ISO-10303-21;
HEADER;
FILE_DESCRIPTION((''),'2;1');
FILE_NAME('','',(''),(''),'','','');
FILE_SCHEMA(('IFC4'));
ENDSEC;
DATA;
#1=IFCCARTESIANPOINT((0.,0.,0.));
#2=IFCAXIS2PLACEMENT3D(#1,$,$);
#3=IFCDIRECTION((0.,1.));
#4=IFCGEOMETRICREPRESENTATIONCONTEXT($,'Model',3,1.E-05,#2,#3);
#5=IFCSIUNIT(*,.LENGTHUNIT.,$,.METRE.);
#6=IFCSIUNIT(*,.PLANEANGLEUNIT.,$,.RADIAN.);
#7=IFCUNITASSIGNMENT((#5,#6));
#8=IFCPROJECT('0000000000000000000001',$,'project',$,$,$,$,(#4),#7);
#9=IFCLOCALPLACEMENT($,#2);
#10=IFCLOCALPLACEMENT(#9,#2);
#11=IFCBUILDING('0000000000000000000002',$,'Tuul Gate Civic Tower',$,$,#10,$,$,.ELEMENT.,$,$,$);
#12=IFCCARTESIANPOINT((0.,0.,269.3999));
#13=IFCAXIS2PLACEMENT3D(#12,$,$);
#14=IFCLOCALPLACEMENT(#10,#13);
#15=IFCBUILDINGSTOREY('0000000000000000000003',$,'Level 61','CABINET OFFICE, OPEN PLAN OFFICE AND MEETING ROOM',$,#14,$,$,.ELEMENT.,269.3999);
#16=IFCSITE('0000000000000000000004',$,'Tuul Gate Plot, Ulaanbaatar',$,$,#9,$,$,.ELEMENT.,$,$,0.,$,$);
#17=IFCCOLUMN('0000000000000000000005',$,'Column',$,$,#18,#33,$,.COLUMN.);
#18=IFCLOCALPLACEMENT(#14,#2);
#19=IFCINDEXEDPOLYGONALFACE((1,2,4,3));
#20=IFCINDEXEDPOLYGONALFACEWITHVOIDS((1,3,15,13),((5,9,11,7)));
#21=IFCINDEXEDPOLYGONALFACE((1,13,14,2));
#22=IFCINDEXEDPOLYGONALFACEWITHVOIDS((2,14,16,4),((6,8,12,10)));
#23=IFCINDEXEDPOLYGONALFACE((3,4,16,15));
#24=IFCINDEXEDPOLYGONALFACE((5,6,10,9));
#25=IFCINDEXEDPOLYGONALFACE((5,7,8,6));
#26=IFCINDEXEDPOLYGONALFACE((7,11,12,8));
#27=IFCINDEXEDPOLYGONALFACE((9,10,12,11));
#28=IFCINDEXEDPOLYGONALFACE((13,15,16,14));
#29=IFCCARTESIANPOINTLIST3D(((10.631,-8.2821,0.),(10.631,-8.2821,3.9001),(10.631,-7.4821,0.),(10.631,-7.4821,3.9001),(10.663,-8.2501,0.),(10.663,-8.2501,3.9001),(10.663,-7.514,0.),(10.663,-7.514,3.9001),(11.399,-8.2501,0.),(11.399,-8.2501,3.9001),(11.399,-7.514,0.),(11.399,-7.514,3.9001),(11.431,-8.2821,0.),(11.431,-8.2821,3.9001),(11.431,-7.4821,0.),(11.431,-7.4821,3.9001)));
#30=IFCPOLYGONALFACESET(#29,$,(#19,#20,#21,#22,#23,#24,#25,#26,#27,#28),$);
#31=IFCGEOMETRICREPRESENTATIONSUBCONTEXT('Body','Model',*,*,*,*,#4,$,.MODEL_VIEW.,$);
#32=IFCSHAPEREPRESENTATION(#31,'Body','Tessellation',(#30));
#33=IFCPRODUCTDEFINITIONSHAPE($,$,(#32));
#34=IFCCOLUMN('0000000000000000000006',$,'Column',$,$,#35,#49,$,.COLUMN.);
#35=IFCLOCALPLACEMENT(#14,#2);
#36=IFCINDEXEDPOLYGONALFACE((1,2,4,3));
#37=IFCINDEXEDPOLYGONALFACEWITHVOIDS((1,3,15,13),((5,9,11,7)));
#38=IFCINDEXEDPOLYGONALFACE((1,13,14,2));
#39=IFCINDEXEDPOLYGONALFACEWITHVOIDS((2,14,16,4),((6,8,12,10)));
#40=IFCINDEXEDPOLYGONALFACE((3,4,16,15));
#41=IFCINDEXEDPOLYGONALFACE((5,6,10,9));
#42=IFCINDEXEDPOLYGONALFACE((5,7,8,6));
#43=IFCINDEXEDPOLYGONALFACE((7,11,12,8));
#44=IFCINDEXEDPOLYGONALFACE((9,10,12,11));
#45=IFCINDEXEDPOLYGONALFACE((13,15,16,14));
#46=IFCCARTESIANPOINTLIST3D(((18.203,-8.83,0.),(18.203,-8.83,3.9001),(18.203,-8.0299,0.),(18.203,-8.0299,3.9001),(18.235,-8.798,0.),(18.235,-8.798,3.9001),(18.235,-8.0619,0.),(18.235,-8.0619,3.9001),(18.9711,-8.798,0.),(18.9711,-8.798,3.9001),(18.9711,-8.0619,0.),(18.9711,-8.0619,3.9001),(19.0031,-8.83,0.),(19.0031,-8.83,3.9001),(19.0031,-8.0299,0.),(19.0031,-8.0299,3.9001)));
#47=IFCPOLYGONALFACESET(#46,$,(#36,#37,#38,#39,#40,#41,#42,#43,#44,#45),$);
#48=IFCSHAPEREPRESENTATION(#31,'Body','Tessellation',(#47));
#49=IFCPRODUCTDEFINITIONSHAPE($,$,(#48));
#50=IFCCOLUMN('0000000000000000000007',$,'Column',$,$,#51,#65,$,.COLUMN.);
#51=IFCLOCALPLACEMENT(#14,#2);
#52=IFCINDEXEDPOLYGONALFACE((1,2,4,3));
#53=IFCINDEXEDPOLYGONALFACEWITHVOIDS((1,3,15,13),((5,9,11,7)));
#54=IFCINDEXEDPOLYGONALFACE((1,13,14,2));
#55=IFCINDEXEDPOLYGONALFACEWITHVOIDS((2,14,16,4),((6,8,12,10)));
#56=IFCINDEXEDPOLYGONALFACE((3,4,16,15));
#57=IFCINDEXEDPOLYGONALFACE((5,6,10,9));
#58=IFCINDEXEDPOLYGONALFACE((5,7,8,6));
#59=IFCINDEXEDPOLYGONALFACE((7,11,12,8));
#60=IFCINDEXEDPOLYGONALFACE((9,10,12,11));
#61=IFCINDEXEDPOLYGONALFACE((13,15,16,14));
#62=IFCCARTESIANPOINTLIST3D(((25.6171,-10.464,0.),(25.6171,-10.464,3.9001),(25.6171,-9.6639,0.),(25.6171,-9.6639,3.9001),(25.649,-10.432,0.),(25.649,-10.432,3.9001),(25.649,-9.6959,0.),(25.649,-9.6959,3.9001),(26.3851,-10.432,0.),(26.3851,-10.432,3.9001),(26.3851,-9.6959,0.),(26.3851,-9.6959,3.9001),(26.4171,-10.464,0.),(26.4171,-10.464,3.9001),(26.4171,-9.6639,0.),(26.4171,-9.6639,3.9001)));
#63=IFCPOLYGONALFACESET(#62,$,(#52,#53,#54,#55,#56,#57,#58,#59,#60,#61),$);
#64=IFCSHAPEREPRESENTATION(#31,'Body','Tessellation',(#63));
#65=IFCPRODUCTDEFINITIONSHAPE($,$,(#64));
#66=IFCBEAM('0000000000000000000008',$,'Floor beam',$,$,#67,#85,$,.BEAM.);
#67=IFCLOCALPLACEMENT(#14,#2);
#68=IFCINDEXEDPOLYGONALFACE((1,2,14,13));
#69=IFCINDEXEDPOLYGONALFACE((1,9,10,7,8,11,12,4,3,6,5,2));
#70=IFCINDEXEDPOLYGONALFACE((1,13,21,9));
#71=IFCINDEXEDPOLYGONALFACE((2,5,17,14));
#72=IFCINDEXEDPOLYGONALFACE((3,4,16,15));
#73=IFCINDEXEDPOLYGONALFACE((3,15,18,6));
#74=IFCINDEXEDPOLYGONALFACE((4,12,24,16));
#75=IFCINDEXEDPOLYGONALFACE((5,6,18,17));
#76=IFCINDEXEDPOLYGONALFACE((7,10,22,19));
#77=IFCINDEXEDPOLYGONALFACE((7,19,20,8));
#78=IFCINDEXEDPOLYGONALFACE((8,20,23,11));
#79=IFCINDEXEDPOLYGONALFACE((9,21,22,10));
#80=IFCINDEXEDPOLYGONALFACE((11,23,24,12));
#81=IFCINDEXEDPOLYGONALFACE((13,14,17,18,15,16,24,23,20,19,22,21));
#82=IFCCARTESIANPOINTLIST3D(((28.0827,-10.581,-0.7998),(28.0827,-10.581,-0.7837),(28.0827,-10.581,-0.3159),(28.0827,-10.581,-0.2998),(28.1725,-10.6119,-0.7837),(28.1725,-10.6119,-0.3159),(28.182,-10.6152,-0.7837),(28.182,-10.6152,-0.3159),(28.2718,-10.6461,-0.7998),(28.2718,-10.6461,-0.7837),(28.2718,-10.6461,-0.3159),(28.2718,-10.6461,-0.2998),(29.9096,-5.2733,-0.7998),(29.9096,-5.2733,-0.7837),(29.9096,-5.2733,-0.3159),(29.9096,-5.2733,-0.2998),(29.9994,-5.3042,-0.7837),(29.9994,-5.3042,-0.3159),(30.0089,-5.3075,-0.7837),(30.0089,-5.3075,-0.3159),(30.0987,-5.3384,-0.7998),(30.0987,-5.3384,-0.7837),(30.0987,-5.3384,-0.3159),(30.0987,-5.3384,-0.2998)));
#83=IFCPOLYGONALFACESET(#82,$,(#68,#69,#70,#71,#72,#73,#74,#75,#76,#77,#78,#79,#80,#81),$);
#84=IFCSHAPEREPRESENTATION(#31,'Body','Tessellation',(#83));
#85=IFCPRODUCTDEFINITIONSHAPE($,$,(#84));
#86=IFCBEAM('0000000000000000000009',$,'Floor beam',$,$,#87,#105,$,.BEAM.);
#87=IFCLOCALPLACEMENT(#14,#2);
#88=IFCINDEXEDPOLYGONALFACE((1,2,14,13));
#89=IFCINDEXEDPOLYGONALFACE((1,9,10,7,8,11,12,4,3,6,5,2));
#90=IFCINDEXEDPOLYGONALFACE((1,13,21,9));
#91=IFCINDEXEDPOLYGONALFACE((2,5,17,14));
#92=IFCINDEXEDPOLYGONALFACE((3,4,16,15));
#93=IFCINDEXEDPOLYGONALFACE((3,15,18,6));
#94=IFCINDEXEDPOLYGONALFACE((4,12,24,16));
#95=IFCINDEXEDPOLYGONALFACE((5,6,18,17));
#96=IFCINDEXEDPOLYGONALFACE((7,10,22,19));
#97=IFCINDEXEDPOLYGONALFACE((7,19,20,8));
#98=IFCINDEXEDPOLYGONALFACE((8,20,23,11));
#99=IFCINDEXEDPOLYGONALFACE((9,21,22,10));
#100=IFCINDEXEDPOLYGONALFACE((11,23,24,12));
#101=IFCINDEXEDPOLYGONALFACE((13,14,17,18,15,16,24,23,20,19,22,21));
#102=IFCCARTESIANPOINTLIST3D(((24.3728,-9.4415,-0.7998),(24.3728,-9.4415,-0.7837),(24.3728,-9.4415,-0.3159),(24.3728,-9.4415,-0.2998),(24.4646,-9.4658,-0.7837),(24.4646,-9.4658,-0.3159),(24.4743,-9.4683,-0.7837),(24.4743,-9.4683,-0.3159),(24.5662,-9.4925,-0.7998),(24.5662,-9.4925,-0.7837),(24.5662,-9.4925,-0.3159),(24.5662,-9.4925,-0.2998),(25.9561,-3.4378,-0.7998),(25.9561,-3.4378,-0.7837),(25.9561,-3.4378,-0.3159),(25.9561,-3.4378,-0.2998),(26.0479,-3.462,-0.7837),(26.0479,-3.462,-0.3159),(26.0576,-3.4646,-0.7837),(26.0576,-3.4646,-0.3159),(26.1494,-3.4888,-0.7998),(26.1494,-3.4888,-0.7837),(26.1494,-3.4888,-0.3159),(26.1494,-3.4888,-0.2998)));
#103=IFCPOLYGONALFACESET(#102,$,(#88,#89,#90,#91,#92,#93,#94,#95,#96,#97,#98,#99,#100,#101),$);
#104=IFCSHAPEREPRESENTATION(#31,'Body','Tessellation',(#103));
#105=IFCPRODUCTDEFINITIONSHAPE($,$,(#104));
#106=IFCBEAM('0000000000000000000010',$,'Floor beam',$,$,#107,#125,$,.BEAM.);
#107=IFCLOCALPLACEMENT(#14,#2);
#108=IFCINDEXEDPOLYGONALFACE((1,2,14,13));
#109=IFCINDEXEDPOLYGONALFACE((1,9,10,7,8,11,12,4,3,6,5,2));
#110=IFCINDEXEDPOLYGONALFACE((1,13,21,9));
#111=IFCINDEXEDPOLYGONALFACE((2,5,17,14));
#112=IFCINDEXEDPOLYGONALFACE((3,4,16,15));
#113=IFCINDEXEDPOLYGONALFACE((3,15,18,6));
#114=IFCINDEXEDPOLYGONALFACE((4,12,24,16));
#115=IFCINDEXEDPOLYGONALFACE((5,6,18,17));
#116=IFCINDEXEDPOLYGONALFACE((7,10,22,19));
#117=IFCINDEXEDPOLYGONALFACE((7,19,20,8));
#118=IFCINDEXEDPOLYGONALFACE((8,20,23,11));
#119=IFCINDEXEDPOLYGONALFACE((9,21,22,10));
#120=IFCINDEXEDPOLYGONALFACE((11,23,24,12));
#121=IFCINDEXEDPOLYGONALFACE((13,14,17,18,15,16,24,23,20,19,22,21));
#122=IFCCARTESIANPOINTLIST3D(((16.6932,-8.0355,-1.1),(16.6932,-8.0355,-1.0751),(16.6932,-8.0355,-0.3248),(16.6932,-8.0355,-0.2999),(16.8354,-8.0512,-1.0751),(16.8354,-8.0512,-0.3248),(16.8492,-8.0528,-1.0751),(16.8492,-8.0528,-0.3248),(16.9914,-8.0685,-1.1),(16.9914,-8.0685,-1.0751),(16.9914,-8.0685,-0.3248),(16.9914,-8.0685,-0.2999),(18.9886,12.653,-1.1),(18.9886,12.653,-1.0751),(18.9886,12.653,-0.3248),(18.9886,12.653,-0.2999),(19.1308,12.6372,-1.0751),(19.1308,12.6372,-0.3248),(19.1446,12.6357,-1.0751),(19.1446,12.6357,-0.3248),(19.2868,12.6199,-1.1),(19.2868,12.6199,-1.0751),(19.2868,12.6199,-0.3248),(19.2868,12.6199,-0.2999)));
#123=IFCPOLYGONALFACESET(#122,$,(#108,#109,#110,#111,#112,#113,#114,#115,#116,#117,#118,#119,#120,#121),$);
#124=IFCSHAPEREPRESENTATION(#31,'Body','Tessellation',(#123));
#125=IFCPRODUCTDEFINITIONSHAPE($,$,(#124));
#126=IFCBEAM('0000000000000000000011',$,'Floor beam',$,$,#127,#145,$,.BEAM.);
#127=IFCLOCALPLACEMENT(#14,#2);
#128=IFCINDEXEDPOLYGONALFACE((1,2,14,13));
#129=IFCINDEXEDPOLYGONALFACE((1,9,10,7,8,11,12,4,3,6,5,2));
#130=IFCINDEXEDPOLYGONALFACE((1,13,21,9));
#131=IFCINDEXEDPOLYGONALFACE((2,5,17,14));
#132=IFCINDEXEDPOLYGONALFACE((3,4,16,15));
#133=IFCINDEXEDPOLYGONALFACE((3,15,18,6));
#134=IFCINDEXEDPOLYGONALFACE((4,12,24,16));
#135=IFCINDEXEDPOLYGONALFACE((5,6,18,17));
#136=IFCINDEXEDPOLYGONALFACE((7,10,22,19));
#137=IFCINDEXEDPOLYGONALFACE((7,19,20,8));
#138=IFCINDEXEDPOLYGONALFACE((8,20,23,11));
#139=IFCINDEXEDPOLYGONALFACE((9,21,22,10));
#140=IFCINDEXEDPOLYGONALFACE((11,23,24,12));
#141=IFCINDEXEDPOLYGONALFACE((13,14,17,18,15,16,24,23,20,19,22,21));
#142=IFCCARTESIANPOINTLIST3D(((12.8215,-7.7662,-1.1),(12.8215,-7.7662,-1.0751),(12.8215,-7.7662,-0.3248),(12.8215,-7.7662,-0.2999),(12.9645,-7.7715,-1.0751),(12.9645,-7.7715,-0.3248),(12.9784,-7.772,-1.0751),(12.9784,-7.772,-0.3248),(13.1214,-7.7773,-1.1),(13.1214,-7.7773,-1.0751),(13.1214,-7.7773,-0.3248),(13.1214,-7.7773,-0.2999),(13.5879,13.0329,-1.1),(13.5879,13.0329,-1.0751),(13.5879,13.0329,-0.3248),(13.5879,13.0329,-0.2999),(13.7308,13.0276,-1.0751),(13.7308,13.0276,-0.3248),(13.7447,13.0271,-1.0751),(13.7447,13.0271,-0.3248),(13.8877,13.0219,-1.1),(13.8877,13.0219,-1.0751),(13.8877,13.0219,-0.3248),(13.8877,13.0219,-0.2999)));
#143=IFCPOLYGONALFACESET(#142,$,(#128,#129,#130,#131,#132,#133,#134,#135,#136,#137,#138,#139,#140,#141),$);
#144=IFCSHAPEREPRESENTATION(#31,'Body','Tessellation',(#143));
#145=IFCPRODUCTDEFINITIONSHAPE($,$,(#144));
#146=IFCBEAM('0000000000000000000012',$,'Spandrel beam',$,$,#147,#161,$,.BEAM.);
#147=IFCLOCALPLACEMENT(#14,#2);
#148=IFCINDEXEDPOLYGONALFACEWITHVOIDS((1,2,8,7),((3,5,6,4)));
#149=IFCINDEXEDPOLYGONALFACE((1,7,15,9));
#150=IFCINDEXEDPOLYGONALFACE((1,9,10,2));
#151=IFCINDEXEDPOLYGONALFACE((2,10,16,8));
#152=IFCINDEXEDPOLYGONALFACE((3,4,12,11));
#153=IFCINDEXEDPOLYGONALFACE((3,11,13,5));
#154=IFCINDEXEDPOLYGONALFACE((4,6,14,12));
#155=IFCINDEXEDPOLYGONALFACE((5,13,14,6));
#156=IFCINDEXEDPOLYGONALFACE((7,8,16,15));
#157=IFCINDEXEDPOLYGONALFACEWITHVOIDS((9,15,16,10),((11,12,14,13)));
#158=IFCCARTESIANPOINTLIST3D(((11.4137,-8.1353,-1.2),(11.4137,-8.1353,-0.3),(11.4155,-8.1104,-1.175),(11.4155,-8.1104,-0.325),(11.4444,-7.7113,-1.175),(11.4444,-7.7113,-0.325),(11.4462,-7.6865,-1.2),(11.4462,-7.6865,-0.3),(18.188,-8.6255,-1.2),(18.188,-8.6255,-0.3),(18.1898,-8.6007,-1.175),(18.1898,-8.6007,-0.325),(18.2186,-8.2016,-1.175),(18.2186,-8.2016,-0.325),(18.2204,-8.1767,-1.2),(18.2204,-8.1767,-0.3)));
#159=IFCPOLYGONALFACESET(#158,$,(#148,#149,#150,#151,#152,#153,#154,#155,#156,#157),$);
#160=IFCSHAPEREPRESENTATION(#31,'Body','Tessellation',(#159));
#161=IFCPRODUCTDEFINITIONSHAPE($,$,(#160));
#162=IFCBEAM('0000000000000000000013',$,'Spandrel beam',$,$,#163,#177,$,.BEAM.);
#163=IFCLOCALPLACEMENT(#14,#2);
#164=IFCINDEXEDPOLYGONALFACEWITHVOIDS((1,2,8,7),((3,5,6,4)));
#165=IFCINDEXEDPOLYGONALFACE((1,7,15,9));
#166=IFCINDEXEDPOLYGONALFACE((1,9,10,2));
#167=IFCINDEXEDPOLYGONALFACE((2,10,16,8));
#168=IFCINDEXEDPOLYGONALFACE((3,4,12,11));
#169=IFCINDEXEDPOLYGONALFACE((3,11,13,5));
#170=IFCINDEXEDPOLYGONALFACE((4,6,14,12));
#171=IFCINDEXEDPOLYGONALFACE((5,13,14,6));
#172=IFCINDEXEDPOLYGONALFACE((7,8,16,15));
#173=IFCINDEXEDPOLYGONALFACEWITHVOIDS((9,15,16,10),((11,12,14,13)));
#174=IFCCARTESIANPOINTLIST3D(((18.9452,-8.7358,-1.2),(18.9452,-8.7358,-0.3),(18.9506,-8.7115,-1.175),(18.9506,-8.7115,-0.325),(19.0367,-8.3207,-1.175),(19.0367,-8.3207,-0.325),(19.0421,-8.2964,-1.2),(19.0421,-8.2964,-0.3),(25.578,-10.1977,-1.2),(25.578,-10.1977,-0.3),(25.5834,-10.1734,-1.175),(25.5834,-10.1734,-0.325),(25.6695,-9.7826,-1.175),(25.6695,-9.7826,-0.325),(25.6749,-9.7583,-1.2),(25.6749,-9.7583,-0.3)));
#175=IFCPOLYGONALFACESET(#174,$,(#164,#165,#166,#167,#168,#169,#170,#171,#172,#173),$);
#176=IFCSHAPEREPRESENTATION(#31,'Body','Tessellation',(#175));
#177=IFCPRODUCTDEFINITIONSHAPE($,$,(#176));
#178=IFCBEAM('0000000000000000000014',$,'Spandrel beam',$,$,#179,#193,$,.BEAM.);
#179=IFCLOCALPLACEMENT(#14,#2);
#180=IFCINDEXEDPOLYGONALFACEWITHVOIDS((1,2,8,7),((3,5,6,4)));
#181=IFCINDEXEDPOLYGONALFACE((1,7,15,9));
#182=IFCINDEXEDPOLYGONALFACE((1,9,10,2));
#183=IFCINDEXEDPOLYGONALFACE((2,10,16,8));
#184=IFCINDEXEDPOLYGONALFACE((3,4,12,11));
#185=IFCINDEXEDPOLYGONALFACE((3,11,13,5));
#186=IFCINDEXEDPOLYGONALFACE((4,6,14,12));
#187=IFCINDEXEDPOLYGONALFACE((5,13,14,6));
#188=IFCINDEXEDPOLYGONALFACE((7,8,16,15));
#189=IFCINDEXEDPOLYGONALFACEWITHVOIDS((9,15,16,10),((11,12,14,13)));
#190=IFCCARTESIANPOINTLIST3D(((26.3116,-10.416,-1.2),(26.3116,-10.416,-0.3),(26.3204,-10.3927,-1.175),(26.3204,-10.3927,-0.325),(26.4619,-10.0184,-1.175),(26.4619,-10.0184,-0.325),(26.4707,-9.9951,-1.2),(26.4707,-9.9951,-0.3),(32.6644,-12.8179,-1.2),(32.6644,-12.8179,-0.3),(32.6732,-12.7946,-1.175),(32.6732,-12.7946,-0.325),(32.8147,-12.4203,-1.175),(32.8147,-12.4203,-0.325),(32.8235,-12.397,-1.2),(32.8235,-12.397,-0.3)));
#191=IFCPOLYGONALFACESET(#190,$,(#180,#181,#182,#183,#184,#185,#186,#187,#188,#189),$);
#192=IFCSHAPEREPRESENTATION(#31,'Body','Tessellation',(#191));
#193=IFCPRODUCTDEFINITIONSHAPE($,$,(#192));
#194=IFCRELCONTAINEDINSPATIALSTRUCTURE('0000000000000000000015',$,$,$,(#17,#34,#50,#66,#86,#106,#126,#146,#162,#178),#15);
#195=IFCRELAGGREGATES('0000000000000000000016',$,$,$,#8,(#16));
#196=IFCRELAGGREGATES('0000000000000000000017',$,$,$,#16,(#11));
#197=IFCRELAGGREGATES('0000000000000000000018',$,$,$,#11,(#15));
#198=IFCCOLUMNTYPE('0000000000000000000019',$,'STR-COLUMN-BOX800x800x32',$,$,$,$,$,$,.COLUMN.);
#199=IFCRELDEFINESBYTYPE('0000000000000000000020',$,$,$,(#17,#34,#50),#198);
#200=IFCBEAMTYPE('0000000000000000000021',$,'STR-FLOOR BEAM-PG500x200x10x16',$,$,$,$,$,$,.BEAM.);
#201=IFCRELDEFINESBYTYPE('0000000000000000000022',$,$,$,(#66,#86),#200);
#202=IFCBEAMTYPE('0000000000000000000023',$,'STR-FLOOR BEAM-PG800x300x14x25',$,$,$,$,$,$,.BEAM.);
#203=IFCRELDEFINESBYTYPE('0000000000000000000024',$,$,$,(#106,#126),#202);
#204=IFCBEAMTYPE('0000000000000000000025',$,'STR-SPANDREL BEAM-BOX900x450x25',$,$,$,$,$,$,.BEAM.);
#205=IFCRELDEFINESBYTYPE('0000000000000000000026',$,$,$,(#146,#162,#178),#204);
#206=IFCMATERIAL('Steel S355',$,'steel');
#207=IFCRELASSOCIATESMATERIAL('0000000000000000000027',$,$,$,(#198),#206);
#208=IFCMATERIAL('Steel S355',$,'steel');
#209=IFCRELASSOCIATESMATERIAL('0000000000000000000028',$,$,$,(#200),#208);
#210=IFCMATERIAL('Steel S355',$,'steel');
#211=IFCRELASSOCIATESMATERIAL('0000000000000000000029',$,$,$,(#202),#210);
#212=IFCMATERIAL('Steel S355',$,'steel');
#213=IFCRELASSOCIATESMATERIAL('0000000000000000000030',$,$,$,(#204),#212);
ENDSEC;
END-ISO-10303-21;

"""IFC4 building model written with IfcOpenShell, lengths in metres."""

from ifc_helpers import new_model, si_unit, direction, frame, origin, origin_2d, place, context, subcontext, project, spatial, hollow_rectangle, i_section, extrude, material, material_profile, profile_set, type_object, element, save


model = new_model("IFC4")

# Units and contexts
model_context = context("Model", 3, precision=1e-05, world=origin(), true_north=direction((0.0, 1.0)))
body_context = subcontext(model_context, "Body", "Model", "MODEL_VIEW")
ifc_project = project(units=[si_unit("LENGTHUNIT", "METRE"), si_unit("PLANEANGLEUNIT", "RADIAN")], contexts=[model_context])

# Site, building, storey
site_placement = place(None, origin())
site = spatial("IfcSite", under=ifc_project, at=site_placement, Name="Tuul Gate Plot, Ulaanbaatar", CompositionType="ELEMENT", RefElevation=0.0)
building_placement = place(site_placement, origin())
building = spatial("IfcBuilding", under=site, at=building_placement, Name="Tuul Gate Civic Tower", CompositionType="ELEMENT")
storey_placement = place(building_placement, frame((0.0, 0.0, 269.3999)))
storey = spatial("IfcBuildingStorey", under=building, at=storey_placement, Name="Level 61", Description="CABINET OFFICE, OPEN PLAN OFFICE AND MEETING ROOM", CompositionType="ELEMENT", Elevation=269.3999)

# Columns
ifc_material_1 = material(Name="Steel S355", Category="steel")
ifc_material_profile_1 = material_profile(ifc_material_1, hollow_rectangle(XDim=0.8, YDim=0.8, WallThickness=0.032, at=origin_2d()), Name="BOX800x800x32")
ifc_profile_set_1 = profile_set([ifc_material_profile_1], Name="Steel S355")
column_type = type_object("IfcColumnType", Name="STR-COLUMN-BOX800x800x32", PredefinedType="COLUMN", material=ifc_profile_set_1)
for number, where, z_axis, x_axis, name in (
    (1, (11.031, -7.8821, 0.0), (0.0, 0.0, 1.0), (1.0, 0.0, 0.0), "Column"),
    (2, (18.603, -8.4299, 0.0), (0.0, 0.0, 1.0), (1.0, 0.0, 0.0), "Column"),
    (3, (26.0171, -10.064, 0.0), (0.0, 0.0, 1.0), (1.0, 0.0, 0.0), "Column"),
):
    element("IfcColumn", number, at=place(storey_placement, frame(where, z_axis=z_axis, x_axis=x_axis)), inside=storey, type_object=column_type, Name=name, PredefinedType="COLUMN", context=body_context, shape_type="SweptSolid", body=[
        extrude(hollow_rectangle(XDim=0.8, YDim=0.8, WallThickness=0.032, at=origin_2d()), origin(), (0.0, 0.0, 1.0), 3.9001),
    ])

# Beams
ifc_material_2 = material(Name="Steel S355", Category="steel")
ifc_material_profile_2 = material_profile(ifc_material_2, i_section(OverallWidth=0.2, OverallDepth=0.5, WebThickness=0.01, FlangeThickness=0.0161, at=origin_2d()), Name="PG500x200x10x16")
ifc_profile_set_2 = profile_set([ifc_material_profile_2], Name="Steel S355")
beam_type_1 = type_object("IfcBeamType", Name="STR-FLOOR BEAM-PG500x200x10x16", PredefinedType="BEAM", material=ifc_profile_set_2)
beam_1_placement = place(storey_placement, frame((28.1772, -10.6135, -0.5498), z_axis=(0.325464, 0.945554, 0.0), x_axis=(-0.945554, 0.325464, 0.0)))
element("IfcBeam", 4, at=beam_1_placement, inside=storey, type_object=beam_type_1, Name="Floor beam", PredefinedType="BEAM", context=body_context, shape_type="SweptSolid", body=[
    extrude(i_section(OverallWidth=0.2, OverallDepth=0.5, WebThickness=0.01, FlangeThickness=0.0161, at=origin_2d()), origin(), (0.0, 0.0, 1.0), 5.6133),
])
beam_2_placement = place(storey_placement, frame((24.4695, -9.467, -0.5498), z_axis=(0.254996, 0.966942, 0.0), x_axis=(-0.966942, 0.254996, 0.0)))
element("IfcBeam", 5, at=beam_2_placement, inside=storey, type_object=beam_type_1, Name="Floor beam", PredefinedType="BEAM", context=body_context, shape_type="SweptSolid", body=[
    extrude(i_section(OverallWidth=0.2, OverallDepth=0.5, WebThickness=0.01, FlangeThickness=0.0161, at=origin_2d()), origin(), (0.0, 0.0, 1.0), 6.209),
])
ifc_material_3 = material(Name="Steel S355", Category="steel")
ifc_material_profile_3 = material_profile(ifc_material_3, i_section(OverallWidth=0.3, OverallDepth=0.8, WebThickness=0.0139, FlangeThickness=0.0249, at=origin_2d()), Name="PG800x300x14x25")
ifc_profile_set_3 = profile_set([ifc_material_profile_3], Name="Steel S355")
beam_type_2 = type_object("IfcBeamType", Name="STR-FLOOR BEAM-PG800x300x14x25", PredefinedType="BEAM", material=ifc_profile_set_3)
beam_3_placement = place(storey_placement, frame((16.8423, -8.052, -0.7), z_axis=(0.110274, 0.993901, 0.0), x_axis=(-0.993901, 0.110274, 0.0)))
element("IfcBeam", 6, at=beam_3_placement, inside=storey, type_object=beam_type_2, Name="Floor beam", PredefinedType="BEAM", context=body_context, shape_type="SweptSolid", body=[
    extrude(i_section(OverallWidth=0.3, OverallDepth=0.8, WebThickness=0.0139, FlangeThickness=0.0249, at=origin_2d()), origin(), (0.0, 0.0, 1.0), 20.8154),
])
beam_4_placement = place(storey_placement, frame((12.9714, -7.7717, -0.7), z_axis=(0.036821, 0.999322, 0.0), x_axis=(-0.999322, 0.036821, 0.0)))
element("IfcBeam", 7, at=beam_4_placement, inside=storey, type_object=beam_type_2, Name="Floor beam", PredefinedType="BEAM", context=body_context, shape_type="SweptSolid", body=[
    extrude(i_section(OverallWidth=0.3, OverallDepth=0.8, WebThickness=0.0139, FlangeThickness=0.0249, at=origin_2d()), origin(), (0.0, 0.0, 1.0), 20.8132),
])
ifc_material_4 = material(Name="Steel S355", Category="steel")
ifc_material_profile_4 = material_profile(ifc_material_4, hollow_rectangle(XDim=0.45, YDim=0.8999, WallThickness=0.0249, at=origin_2d()), Name="BOX900x450x25")
ifc_profile_set_4 = profile_set([ifc_material_profile_4], Name="Steel S355")
beam_type_3 = type_object("IfcBeamType", Name="STR-SPANDREL BEAM-BOX900x450x25", PredefinedType="BEAM", material=ifc_profile_set_4)
for number, where, z_axis, x_axis, name in (
    (8, (11.4299, -7.9109, -0.75), (0.997392, -0.072179, 0.0), (0.072179, 0.997392, 0.0), "Spandrel beam"),
    (9, (18.9937, -8.5161, -0.75), (0.976561, -0.21524, 0.0), (0.21524, 0.976561, 0.0), "Spandrel beam"),
):
    element("IfcBeam", number, at=place(storey_placement, frame(where, z_axis=z_axis, x_axis=x_axis)), inside=storey, type_object=beam_type_3, Name=name, PredefinedType="BEAM", context=body_context, shape_type="SweptSolid", body=[
        extrude(hollow_rectangle(XDim=0.45, YDim=0.8999, WallThickness=0.0249, at=origin_2d()), origin(), (0.0, 0.0, 1.0), 6.792),
    ])
beam_5_placement = place(storey_placement, frame((26.3911, -10.2056, -0.75), z_axis=(0.935379, -0.353647, 0.0), x_axis=(0.353647, 0.935379, 0.0)))
element("IfcBeam", 10, at=beam_5_placement, inside=storey, type_object=beam_type_3, Name="Spandrel beam", PredefinedType="BEAM", context=body_context, shape_type="SweptSolid", body=[
    extrude(hollow_rectangle(XDim=0.45, YDim=0.8999, WallThickness=0.0249, at=origin_2d()), origin(), (0.0, 0.0, 1.0), 6.7917),
])

save(model, "model.ifc")
